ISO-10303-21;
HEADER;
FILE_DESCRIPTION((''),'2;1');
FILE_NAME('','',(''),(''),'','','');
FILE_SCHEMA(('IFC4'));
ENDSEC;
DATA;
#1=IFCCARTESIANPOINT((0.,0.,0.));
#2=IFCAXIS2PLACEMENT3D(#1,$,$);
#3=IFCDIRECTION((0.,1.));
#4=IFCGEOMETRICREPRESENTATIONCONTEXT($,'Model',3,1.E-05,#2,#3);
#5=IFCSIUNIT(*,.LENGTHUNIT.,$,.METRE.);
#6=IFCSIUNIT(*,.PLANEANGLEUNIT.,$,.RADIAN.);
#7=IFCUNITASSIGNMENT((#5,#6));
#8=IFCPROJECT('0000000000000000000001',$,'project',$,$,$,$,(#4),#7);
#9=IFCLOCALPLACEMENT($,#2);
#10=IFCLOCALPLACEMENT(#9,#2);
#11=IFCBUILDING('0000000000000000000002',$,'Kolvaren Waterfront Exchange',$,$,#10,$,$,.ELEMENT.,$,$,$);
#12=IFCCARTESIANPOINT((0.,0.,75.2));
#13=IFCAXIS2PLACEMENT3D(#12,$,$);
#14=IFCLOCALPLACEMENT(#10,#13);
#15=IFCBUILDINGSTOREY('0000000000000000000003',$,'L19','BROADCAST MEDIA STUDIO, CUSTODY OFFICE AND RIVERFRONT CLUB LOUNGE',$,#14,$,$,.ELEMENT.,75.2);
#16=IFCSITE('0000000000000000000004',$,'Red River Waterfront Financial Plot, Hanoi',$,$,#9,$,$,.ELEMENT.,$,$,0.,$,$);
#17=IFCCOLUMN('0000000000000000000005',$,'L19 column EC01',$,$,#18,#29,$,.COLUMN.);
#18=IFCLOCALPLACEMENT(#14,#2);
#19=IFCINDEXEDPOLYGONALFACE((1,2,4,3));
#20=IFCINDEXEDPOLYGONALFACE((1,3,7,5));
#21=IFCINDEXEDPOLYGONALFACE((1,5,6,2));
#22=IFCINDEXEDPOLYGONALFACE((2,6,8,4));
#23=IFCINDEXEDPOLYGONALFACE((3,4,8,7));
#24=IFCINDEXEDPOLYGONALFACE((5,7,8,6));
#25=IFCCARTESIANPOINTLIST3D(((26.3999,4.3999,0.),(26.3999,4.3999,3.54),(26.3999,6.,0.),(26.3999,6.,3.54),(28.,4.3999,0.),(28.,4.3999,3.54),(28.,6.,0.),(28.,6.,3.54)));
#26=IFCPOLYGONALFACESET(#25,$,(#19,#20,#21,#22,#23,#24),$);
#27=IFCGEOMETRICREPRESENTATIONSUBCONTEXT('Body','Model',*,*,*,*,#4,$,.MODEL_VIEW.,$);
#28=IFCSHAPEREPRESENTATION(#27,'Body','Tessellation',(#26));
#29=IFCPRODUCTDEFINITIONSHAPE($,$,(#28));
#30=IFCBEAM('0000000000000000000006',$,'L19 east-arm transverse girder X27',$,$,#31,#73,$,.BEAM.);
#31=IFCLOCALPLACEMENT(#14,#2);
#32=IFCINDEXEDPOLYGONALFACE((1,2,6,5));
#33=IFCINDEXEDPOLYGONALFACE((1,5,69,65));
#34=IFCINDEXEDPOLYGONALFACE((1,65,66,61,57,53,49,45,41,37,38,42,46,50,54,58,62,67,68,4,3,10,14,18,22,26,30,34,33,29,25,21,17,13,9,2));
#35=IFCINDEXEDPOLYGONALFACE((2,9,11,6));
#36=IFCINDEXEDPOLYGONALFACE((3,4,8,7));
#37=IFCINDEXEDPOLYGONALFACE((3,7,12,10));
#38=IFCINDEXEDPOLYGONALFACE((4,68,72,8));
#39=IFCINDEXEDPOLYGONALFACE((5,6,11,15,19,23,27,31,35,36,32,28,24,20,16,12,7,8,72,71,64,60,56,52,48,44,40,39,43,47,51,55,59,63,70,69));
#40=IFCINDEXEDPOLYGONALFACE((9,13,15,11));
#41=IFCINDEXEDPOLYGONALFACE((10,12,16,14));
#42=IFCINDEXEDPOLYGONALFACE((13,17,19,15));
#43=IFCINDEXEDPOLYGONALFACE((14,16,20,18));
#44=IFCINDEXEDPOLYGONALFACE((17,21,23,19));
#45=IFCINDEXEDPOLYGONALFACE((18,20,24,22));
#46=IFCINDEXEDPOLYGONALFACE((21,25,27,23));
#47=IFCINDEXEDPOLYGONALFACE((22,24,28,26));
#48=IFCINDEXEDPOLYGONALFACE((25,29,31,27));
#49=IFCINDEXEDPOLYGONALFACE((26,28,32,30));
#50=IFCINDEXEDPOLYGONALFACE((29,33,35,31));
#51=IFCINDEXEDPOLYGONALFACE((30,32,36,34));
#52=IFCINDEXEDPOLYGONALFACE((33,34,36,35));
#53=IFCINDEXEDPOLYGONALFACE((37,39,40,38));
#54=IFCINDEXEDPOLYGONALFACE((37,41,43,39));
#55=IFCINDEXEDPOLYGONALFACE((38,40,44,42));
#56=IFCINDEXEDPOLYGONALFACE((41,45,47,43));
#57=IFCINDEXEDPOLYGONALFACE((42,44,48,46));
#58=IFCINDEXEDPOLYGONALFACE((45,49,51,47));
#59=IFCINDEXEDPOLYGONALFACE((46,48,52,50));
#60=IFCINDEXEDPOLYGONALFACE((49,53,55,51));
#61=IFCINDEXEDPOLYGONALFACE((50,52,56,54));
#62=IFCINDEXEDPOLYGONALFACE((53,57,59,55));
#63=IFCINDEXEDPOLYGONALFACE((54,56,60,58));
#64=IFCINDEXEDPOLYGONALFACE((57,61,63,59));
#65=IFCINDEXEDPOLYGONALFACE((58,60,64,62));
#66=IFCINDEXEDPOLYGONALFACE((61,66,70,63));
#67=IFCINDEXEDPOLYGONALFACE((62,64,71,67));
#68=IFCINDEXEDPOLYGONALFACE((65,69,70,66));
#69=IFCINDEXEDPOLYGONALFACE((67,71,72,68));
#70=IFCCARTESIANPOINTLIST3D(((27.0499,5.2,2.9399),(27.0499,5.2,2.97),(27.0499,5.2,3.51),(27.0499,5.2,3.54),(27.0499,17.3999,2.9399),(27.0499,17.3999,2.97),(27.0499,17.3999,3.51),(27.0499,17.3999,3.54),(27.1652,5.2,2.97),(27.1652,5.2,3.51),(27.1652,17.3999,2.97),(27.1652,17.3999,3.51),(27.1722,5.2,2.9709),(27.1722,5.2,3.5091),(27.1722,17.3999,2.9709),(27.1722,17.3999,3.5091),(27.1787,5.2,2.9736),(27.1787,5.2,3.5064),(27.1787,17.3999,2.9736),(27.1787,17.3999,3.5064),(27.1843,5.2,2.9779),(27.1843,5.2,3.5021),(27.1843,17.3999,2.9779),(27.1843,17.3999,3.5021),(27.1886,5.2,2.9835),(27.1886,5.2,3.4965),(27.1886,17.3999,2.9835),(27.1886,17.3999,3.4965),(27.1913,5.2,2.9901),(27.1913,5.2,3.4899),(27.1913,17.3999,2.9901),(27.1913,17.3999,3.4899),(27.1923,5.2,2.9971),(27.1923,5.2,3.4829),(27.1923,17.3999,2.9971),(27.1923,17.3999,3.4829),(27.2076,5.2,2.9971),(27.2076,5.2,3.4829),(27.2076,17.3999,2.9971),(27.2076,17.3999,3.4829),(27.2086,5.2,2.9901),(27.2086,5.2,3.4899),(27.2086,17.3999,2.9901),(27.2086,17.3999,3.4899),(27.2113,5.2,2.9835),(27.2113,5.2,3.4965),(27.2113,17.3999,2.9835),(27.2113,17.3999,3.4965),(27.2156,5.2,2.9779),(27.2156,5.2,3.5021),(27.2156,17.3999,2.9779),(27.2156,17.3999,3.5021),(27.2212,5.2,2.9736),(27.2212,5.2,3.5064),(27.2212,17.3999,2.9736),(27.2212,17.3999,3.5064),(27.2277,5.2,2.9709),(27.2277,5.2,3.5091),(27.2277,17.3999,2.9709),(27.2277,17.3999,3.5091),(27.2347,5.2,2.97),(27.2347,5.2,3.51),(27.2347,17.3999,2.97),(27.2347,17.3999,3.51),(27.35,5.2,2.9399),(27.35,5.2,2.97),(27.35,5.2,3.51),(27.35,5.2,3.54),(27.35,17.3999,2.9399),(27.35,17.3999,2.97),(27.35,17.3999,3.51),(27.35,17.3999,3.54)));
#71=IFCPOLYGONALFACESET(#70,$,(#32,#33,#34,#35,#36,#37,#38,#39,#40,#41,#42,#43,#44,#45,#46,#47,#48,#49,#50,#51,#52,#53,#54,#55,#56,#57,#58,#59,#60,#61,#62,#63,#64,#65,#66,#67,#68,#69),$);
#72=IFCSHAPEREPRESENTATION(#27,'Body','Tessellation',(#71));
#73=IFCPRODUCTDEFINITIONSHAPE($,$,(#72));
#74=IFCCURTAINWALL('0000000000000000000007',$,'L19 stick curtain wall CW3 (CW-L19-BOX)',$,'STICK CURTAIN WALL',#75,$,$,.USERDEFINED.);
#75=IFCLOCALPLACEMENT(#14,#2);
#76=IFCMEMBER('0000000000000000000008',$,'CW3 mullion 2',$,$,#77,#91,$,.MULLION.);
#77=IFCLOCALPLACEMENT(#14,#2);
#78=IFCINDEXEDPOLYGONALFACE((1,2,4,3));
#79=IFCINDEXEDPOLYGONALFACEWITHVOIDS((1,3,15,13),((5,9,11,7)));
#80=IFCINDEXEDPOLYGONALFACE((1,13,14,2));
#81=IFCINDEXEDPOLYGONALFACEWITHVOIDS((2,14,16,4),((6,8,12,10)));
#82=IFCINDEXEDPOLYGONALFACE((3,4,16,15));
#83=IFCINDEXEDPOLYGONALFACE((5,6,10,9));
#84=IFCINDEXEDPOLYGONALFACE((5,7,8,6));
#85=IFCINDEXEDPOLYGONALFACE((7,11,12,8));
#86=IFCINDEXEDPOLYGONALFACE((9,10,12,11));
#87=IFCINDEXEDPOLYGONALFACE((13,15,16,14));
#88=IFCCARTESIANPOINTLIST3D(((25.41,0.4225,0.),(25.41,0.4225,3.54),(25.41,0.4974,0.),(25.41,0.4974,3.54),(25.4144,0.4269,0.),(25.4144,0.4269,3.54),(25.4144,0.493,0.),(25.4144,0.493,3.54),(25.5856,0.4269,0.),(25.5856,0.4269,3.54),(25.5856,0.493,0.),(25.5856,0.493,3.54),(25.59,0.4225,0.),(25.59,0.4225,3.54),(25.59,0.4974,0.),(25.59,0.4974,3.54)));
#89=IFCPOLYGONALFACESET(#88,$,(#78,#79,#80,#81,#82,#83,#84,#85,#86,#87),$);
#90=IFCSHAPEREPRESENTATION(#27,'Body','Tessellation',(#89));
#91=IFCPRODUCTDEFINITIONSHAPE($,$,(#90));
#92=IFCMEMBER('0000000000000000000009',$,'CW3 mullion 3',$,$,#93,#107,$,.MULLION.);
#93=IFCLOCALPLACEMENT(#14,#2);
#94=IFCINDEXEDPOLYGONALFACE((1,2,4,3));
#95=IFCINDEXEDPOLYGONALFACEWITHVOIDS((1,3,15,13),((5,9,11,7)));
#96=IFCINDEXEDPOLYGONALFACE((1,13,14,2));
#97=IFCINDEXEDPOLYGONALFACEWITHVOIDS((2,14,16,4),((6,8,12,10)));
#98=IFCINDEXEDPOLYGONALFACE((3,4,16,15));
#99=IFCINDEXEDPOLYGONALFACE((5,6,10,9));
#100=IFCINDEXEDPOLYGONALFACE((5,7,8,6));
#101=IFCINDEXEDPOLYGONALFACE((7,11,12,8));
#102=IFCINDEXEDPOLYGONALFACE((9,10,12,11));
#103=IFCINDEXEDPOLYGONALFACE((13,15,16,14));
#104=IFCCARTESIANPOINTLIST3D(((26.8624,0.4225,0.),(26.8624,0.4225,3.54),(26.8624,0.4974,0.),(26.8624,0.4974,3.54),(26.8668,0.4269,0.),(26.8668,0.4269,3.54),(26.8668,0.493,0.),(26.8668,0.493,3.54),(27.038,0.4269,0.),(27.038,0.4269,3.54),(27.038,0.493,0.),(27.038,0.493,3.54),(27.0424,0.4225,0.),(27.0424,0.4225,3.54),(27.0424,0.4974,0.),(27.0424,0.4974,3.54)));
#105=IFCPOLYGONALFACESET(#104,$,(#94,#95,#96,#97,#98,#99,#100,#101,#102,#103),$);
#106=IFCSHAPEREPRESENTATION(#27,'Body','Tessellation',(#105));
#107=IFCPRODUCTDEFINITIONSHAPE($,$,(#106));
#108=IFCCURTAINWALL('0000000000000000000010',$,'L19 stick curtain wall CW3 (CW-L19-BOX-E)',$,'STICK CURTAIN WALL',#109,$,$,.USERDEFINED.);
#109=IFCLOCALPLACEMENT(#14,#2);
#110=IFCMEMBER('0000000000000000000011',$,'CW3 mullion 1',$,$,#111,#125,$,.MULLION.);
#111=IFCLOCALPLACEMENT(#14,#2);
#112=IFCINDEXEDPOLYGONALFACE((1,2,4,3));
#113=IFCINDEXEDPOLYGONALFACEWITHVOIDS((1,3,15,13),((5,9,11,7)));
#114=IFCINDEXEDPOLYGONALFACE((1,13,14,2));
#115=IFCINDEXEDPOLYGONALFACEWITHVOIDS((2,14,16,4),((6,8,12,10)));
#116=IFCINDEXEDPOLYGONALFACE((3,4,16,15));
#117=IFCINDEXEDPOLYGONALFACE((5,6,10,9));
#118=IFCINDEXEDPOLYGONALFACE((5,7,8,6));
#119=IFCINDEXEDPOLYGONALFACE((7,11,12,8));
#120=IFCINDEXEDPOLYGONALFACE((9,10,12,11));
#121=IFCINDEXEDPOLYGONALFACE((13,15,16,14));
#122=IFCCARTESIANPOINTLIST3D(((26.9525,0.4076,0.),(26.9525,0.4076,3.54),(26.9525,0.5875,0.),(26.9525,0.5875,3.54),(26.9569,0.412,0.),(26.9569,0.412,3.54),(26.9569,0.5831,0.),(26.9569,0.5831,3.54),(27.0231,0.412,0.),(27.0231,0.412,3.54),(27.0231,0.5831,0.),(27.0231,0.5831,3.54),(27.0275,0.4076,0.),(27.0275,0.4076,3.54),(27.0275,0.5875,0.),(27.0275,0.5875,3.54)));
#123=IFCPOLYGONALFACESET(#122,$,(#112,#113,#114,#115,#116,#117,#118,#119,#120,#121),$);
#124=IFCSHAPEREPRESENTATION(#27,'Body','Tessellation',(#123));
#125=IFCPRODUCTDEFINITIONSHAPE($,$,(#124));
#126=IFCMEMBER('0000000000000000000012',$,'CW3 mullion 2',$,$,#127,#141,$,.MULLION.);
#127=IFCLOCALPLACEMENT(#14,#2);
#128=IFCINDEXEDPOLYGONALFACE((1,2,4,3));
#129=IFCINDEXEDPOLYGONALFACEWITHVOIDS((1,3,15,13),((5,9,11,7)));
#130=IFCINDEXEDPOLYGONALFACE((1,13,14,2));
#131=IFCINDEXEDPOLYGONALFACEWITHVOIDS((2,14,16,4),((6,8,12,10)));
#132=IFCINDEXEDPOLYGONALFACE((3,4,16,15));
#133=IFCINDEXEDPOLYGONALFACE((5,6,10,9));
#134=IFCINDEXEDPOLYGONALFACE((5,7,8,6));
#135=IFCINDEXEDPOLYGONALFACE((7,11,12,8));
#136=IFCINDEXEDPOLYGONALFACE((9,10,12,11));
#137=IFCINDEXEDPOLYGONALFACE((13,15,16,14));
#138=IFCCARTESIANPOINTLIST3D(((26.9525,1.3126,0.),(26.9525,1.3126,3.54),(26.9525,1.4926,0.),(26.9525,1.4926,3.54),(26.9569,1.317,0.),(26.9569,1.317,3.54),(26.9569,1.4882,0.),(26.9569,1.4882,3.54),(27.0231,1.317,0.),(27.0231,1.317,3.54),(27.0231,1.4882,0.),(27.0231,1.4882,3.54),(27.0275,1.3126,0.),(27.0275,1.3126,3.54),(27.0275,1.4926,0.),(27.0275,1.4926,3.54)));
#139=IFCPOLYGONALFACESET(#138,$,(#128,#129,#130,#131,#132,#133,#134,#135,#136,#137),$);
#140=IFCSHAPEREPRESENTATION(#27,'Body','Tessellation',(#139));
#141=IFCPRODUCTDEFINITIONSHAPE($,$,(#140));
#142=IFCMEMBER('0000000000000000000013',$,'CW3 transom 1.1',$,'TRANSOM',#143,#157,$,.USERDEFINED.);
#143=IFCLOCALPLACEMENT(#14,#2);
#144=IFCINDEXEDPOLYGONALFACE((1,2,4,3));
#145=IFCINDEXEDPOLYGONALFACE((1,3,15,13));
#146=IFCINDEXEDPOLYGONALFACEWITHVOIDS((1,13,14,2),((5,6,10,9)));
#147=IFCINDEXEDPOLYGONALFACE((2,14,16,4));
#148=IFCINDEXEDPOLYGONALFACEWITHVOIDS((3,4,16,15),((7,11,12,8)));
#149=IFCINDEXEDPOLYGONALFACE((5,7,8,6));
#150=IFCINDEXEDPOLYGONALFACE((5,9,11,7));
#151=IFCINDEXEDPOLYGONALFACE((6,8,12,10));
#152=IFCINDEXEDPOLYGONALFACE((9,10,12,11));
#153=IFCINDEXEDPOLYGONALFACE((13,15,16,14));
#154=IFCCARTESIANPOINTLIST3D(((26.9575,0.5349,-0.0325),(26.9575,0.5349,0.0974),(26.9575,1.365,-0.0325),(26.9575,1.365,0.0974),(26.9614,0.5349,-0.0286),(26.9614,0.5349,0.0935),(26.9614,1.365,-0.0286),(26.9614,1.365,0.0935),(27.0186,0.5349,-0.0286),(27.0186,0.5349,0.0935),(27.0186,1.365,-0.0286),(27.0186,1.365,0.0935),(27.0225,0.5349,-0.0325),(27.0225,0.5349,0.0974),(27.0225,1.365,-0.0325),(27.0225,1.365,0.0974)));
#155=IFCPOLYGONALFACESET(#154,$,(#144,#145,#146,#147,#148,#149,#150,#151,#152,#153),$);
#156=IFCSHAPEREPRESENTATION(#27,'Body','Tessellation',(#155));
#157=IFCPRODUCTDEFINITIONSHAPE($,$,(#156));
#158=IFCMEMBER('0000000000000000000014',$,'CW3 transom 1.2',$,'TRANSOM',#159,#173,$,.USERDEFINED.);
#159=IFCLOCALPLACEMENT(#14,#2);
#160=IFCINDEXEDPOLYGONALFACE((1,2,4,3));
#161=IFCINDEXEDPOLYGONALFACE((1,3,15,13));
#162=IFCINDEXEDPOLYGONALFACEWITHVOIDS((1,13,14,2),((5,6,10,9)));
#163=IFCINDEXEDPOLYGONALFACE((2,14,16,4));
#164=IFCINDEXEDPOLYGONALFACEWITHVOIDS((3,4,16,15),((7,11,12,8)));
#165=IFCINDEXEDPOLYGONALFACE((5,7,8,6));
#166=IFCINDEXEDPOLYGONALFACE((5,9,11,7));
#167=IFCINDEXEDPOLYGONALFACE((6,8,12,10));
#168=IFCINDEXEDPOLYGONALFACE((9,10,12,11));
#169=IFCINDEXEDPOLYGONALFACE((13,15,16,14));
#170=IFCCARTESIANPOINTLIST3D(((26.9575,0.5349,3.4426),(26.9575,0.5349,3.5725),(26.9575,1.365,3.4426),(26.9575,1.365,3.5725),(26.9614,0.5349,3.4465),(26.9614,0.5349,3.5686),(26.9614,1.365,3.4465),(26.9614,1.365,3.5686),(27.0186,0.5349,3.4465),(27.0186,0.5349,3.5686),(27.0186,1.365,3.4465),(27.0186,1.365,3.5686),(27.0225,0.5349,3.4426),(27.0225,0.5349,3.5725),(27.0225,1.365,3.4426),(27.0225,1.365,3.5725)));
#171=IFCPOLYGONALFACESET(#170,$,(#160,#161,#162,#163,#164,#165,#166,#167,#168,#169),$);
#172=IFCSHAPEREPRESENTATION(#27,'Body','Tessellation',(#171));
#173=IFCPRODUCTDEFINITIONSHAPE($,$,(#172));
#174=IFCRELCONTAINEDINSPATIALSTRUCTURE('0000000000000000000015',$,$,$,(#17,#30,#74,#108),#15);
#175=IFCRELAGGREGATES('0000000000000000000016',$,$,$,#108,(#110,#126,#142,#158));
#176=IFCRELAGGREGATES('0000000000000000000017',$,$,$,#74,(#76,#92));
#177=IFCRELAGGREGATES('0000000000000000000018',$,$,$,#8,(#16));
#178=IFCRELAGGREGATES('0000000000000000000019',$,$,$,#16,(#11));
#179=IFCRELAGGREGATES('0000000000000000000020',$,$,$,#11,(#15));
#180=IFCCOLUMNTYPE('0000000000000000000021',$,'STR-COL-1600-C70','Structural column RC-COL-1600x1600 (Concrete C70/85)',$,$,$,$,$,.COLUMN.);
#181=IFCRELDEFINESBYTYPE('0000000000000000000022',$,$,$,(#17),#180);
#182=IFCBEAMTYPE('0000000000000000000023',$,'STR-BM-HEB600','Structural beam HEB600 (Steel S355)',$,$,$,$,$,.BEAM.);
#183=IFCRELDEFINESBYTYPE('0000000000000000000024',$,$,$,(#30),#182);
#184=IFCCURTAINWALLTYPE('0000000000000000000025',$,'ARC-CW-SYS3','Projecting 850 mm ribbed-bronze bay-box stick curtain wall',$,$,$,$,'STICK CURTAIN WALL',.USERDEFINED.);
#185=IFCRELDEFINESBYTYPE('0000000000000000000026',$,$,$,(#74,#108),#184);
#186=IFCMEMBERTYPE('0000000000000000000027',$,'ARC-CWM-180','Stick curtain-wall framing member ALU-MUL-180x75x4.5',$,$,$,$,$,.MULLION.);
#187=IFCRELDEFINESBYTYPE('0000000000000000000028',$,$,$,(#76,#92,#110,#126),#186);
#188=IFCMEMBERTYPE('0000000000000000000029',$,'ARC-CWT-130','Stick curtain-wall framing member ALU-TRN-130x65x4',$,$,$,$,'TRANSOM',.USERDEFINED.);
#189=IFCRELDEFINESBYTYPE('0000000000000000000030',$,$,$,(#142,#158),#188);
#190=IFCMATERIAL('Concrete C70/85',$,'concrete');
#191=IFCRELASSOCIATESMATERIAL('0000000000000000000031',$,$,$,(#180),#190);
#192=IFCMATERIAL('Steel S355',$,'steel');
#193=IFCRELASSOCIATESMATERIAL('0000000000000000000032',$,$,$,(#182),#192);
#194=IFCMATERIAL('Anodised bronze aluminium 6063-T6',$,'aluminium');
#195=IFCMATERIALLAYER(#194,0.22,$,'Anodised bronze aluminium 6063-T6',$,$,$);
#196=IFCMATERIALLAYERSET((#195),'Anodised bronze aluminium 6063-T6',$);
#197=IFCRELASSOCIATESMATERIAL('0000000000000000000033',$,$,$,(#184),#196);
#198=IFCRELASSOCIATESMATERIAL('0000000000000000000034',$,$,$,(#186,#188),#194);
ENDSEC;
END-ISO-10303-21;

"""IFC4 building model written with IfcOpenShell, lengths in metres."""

from ifc_helpers import new_model, si_unit, direction, frame, origin, origin_with_axes, origin_2d, place, context, subcontext, project, spatial, rectangle, hollow_rectangle, i_section, extrude, source, transform, mapped, material, layer, layer_set, material_profile, profile_set, type_object, element, aggregate, save


model = new_model("IFC4")

# Units and contexts
model_context = context("Model", 3, precision=1e-05, world=origin(), true_north=direction((0.0, 1.0)))
body_context = subcontext(model_context, "Body", "Model", "MODEL_VIEW")
ifc_project = project(units=[si_unit("LENGTHUNIT", "METRE"), si_unit("PLANEANGLEUNIT", "RADIAN")], contexts=[model_context])

# Site, building, storey
site_placement = place(None, origin())
site = spatial("IfcSite", under=ifc_project, at=site_placement, Name="Red River Waterfront Financial Plot, Hanoi", CompositionType="ELEMENT", RefElevation=0.0)
building_placement = place(site_placement, origin())
building = spatial("IfcBuilding", under=site, at=building_placement, Name="Kolvaren Waterfront Exchange", CompositionType="ELEMENT")
storey_placement = place(building_placement, frame((0.0, 0.0, 75.2)))
storey = spatial("IfcBuildingStorey", under=building, at=storey_placement, Name="L19", Description="BROADCAST MEDIA STUDIO, CUSTODY OFFICE AND RIVERFRONT CLUB LOUNGE", CompositionType="ELEMENT", Elevation=75.2)

# Column
ifc_material_1 = material(Name="Concrete C70/85", Category="concrete")
ifc_material_profile_1 = material_profile(ifc_material_1, rectangle(XDim=1.6001, YDim=1.6001, at=origin_2d()), Name="RC-COL-1600x1600")
ifc_profile_set_1 = profile_set([ifc_material_profile_1], Name="Concrete C70/85")
column_type = type_object("IfcColumnType", Name="STR-COL-1600-C70", Description="Structural column RC-COL-1600x1600 (Concrete C70/85)", PredefinedType="COLUMN", material=ifc_profile_set_1)
column_placement = place(storey_placement, frame((27.2, 5.2, 0.0), z_axis=(0.0, 0.0, 1.0), x_axis=(1.0, 0.0, 0.0)))
element("IfcColumn", 1, at=column_placement, inside=storey, type_object=column_type, Name="L19 column EC01", PredefinedType="COLUMN", context=body_context, shape_type="SweptSolid", body=[
    extrude(rectangle(XDim=1.6001, YDim=1.6001, at=origin_2d()), origin(), (0.0, 0.0, 1.0), 3.54),
])

# Beam
ifc_material_2 = material(Name="Steel S355", Category="steel")
ifc_material_profile_2 = material_profile(ifc_material_2, i_section(OverallWidth=0.3, OverallDepth=0.6001, WebThickness=0.0154, FlangeThickness=0.03, FilletRadius=0.0271, at=origin_2d()), Name="HEB600")
ifc_profile_set_2 = profile_set([ifc_material_profile_2], Name="Steel S355")
beam_type = type_object("IfcBeamType", Name="STR-BM-HEB600", Description="Structural beam HEB600 (Steel S355)", PredefinedType="BEAM", material=ifc_profile_set_2)
beam_placement = place(storey_placement, frame((27.2, 5.2, 3.24), z_axis=(0.0, 1.0, 0.0), x_axis=(-1.0, 0.0, 0.0)))
element("IfcBeam", 2, at=beam_placement, inside=storey, type_object=beam_type, Name="L19 east-arm transverse girder X27", PredefinedType="BEAM", context=body_context, shape_type="SweptSolid", body=[
    extrude(i_section(OverallWidth=0.3, OverallDepth=0.6001, WebThickness=0.0154, FlangeThickness=0.03, FilletRadius=0.0271, at=origin_2d()), origin(), (0.0, 0.0, 1.0), 12.2),
])

# Curtain walls, members
ifc_material_3 = material(Name="Anodised bronze aluminium 6063-T6", Category="aluminium")
ifc_layer_1 = layer(ifc_material_3, 0.22, Name="Anodised bronze aluminium 6063-T6")
ifc_layer_set_1 = layer_set([ifc_layer_1], Name="Anodised bronze aluminium 6063-T6")
curtain_wall_type_1 = type_object("IfcCurtainWallType", Name="ARC-CW-SYS3", Description="Projecting 850 mm ribbed-bronze bay-box stick curtain wall", ElementType="STICK CURTAIN WALL", PredefinedType="USERDEFINED", material=ifc_layer_set_1)
curtain_wall_1_placement = place(storey_placement, origin())
curtain_wall_1 = element("IfcCurtainWall", 3, at=curtain_wall_1_placement, inside=storey, type_object=curtain_wall_type_1, Name="L19 stick curtain wall CW3 (CW-L19-BOX)", ObjectType="STICK CURTAIN WALL", PredefinedType="USERDEFINED")
ifc_material_profile_3 = material_profile(ifc_material_3, hollow_rectangle(XDim=0.075, YDim=0.1799, WallThickness=0.0044, at=origin_2d()), Name="ALU-MUL-180x75x4.5")
ifc_profile_set_3 = profile_set([ifc_material_profile_3], Name="Anodised bronze aluminium 6063-T6")
member_type_1 = type_object("IfcMemberType", Name="ARC-CWM-180", Description="Stick curtain-wall framing member ALU-MUL-180x75x4.5", PredefinedType="MULLION", material=ifc_profile_set_3)
shared_shape_1 = source(origin_with_axes(), body_context, "Body", "SweptSolid", [
    extrude(hollow_rectangle(XDim=0.075, YDim=0.1799, WallThickness=0.0044, at=origin_2d()), origin(), (0.0, 0.0, 1.0), 3.54),
])
member_1_placement = place(storey_placement, frame((25.5, 0.46, 0.0), z_axis=(0.0, 0.0, 1.0), x_axis=(0.0, 1.0, 0.0)))
member_1 = element("IfcMember", 4, at=member_1_placement, type_object=member_type_1, Name="CW3 mullion 2", PredefinedType="MULLION", context=body_context, shape_type="MappedRepresentation", body=[
    mapped(shared_shape_1, transform((0.0, 0.0, 0.0), x_axis=(1.0, 0.0, 0.0), y_axis=(0.0, 1.0, 0.0), z_axis=(0.0, 0.0, 1.0), scale=1.0)),
])
member_2_placement = place(storey_placement, frame((26.9524, 0.46, 0.0), z_axis=(0.0, 0.0, 1.0), x_axis=(0.0, 1.0, 0.0)))
member_2 = element("IfcMember", 5, at=member_2_placement, type_object=member_type_1, Name="CW3 mullion 3", PredefinedType="MULLION", context=body_context, shape_type="MappedRepresentation", body=[
    mapped(shared_shape_1, transform((0.0, 0.0, 0.0), x_axis=(1.0, 0.0, 0.0), y_axis=(0.0, 1.0, 0.0), z_axis=(0.0, 0.0, 1.0), scale=1.0)),
])
curtain_wall_2_placement = place(storey_placement, origin())
curtain_wall_2 = element("IfcCurtainWall", 6, at=curtain_wall_2_placement, inside=storey, type_object=curtain_wall_type_1, Name="L19 stick curtain wall CW3 (CW-L19-BOX-E)", ObjectType="STICK CURTAIN WALL", PredefinedType="USERDEFINED")
member_3_placement = place(storey_placement, frame((26.99, 0.4976, 0.0), z_axis=(0.0, 0.0, 1.0), x_axis=(-1.0, 0.0, 0.0)))
member_3 = element("IfcMember", 7, at=member_3_placement, type_object=member_type_1, Name="CW3 mullion 1", PredefinedType="MULLION", context=body_context, shape_type="MappedRepresentation", body=[
    mapped(shared_shape_1, transform((0.0, 0.0, 0.0), x_axis=(1.0, 0.0, 0.0), y_axis=(0.0, 1.0, 0.0), z_axis=(0.0, 0.0, 1.0), scale=1.0)),
])
member_4_placement = place(storey_placement, frame((26.99, 1.4026, 0.0), z_axis=(0.0, 0.0, 1.0), x_axis=(-1.0, 0.0, 0.0)))
member_4 = element("IfcMember", 8, at=member_4_placement, type_object=member_type_1, Name="CW3 mullion 2", PredefinedType="MULLION", context=body_context, shape_type="MappedRepresentation", body=[
    mapped(shared_shape_1, transform((0.0, 0.0, 0.0), x_axis=(1.0, 0.0, 0.0), y_axis=(0.0, 1.0, 0.0), z_axis=(0.0, 0.0, 1.0), scale=1.0)),
])
ifc_material_profile_4 = material_profile(ifc_material_3, hollow_rectangle(XDim=0.0649, YDim=0.1299, WallThickness=0.0039, at=origin_2d()), Name="ALU-TRN-130x65x4")
ifc_profile_set_4 = profile_set([ifc_material_profile_4], Name="Anodised bronze aluminium 6063-T6")
member_type_2 = type_object("IfcMemberType", Name="ARC-CWT-130", Description="Stick curtain-wall framing member ALU-TRN-130x65x4", ElementType="TRANSOM", PredefinedType="USERDEFINED", material=ifc_profile_set_4)
shared_shape_2 = source(origin_with_axes(), body_context, "Body", "SweptSolid", [
    extrude(hollow_rectangle(XDim=0.0649, YDim=0.1299, WallThickness=0.0039, at=origin_2d()), origin(), (0.0, 0.0, 1.0), 0.8301),
])
member_5_placement = place(storey_placement, frame((26.99, 0.5349, 0.0325), z_axis=(0.0, 1.0, 0.0), x_axis=(-1.0, 0.0, 0.0)))
member_5 = element("IfcMember", 9, at=member_5_placement, type_object=member_type_2, Name="CW3 transom 1.1", ObjectType="TRANSOM", PredefinedType="USERDEFINED", context=body_context, shape_type="MappedRepresentation", body=[
    mapped(shared_shape_2, transform((0.0, 0.0, 0.0), x_axis=(1.0, 0.0, 0.0), y_axis=(0.0, 1.0, 0.0), z_axis=(0.0, 0.0, 1.0), scale=1.0)),
])
member_6_placement = place(storey_placement, frame((26.99, 0.5349, 3.5076), z_axis=(0.0, 1.0, 0.0), x_axis=(-1.0, 0.0, 0.0)))
member_6 = element("IfcMember", 10, at=member_6_placement, type_object=member_type_2, Name="CW3 transom 1.2", ObjectType="TRANSOM", PredefinedType="USERDEFINED", context=body_context, shape_type="MappedRepresentation", body=[
    mapped(shared_shape_2, transform((0.0, 0.0, 0.0), x_axis=(1.0, 0.0, 0.0), y_axis=(0.0, 1.0, 0.0), z_axis=(0.0, 0.0, 1.0), scale=1.0)),
])

aggregate(curtain_wall_2, [member_3, member_4, member_5, member_6])
aggregate(curtain_wall_1, [member_1, member_2])

save(model, "model.ifc")
